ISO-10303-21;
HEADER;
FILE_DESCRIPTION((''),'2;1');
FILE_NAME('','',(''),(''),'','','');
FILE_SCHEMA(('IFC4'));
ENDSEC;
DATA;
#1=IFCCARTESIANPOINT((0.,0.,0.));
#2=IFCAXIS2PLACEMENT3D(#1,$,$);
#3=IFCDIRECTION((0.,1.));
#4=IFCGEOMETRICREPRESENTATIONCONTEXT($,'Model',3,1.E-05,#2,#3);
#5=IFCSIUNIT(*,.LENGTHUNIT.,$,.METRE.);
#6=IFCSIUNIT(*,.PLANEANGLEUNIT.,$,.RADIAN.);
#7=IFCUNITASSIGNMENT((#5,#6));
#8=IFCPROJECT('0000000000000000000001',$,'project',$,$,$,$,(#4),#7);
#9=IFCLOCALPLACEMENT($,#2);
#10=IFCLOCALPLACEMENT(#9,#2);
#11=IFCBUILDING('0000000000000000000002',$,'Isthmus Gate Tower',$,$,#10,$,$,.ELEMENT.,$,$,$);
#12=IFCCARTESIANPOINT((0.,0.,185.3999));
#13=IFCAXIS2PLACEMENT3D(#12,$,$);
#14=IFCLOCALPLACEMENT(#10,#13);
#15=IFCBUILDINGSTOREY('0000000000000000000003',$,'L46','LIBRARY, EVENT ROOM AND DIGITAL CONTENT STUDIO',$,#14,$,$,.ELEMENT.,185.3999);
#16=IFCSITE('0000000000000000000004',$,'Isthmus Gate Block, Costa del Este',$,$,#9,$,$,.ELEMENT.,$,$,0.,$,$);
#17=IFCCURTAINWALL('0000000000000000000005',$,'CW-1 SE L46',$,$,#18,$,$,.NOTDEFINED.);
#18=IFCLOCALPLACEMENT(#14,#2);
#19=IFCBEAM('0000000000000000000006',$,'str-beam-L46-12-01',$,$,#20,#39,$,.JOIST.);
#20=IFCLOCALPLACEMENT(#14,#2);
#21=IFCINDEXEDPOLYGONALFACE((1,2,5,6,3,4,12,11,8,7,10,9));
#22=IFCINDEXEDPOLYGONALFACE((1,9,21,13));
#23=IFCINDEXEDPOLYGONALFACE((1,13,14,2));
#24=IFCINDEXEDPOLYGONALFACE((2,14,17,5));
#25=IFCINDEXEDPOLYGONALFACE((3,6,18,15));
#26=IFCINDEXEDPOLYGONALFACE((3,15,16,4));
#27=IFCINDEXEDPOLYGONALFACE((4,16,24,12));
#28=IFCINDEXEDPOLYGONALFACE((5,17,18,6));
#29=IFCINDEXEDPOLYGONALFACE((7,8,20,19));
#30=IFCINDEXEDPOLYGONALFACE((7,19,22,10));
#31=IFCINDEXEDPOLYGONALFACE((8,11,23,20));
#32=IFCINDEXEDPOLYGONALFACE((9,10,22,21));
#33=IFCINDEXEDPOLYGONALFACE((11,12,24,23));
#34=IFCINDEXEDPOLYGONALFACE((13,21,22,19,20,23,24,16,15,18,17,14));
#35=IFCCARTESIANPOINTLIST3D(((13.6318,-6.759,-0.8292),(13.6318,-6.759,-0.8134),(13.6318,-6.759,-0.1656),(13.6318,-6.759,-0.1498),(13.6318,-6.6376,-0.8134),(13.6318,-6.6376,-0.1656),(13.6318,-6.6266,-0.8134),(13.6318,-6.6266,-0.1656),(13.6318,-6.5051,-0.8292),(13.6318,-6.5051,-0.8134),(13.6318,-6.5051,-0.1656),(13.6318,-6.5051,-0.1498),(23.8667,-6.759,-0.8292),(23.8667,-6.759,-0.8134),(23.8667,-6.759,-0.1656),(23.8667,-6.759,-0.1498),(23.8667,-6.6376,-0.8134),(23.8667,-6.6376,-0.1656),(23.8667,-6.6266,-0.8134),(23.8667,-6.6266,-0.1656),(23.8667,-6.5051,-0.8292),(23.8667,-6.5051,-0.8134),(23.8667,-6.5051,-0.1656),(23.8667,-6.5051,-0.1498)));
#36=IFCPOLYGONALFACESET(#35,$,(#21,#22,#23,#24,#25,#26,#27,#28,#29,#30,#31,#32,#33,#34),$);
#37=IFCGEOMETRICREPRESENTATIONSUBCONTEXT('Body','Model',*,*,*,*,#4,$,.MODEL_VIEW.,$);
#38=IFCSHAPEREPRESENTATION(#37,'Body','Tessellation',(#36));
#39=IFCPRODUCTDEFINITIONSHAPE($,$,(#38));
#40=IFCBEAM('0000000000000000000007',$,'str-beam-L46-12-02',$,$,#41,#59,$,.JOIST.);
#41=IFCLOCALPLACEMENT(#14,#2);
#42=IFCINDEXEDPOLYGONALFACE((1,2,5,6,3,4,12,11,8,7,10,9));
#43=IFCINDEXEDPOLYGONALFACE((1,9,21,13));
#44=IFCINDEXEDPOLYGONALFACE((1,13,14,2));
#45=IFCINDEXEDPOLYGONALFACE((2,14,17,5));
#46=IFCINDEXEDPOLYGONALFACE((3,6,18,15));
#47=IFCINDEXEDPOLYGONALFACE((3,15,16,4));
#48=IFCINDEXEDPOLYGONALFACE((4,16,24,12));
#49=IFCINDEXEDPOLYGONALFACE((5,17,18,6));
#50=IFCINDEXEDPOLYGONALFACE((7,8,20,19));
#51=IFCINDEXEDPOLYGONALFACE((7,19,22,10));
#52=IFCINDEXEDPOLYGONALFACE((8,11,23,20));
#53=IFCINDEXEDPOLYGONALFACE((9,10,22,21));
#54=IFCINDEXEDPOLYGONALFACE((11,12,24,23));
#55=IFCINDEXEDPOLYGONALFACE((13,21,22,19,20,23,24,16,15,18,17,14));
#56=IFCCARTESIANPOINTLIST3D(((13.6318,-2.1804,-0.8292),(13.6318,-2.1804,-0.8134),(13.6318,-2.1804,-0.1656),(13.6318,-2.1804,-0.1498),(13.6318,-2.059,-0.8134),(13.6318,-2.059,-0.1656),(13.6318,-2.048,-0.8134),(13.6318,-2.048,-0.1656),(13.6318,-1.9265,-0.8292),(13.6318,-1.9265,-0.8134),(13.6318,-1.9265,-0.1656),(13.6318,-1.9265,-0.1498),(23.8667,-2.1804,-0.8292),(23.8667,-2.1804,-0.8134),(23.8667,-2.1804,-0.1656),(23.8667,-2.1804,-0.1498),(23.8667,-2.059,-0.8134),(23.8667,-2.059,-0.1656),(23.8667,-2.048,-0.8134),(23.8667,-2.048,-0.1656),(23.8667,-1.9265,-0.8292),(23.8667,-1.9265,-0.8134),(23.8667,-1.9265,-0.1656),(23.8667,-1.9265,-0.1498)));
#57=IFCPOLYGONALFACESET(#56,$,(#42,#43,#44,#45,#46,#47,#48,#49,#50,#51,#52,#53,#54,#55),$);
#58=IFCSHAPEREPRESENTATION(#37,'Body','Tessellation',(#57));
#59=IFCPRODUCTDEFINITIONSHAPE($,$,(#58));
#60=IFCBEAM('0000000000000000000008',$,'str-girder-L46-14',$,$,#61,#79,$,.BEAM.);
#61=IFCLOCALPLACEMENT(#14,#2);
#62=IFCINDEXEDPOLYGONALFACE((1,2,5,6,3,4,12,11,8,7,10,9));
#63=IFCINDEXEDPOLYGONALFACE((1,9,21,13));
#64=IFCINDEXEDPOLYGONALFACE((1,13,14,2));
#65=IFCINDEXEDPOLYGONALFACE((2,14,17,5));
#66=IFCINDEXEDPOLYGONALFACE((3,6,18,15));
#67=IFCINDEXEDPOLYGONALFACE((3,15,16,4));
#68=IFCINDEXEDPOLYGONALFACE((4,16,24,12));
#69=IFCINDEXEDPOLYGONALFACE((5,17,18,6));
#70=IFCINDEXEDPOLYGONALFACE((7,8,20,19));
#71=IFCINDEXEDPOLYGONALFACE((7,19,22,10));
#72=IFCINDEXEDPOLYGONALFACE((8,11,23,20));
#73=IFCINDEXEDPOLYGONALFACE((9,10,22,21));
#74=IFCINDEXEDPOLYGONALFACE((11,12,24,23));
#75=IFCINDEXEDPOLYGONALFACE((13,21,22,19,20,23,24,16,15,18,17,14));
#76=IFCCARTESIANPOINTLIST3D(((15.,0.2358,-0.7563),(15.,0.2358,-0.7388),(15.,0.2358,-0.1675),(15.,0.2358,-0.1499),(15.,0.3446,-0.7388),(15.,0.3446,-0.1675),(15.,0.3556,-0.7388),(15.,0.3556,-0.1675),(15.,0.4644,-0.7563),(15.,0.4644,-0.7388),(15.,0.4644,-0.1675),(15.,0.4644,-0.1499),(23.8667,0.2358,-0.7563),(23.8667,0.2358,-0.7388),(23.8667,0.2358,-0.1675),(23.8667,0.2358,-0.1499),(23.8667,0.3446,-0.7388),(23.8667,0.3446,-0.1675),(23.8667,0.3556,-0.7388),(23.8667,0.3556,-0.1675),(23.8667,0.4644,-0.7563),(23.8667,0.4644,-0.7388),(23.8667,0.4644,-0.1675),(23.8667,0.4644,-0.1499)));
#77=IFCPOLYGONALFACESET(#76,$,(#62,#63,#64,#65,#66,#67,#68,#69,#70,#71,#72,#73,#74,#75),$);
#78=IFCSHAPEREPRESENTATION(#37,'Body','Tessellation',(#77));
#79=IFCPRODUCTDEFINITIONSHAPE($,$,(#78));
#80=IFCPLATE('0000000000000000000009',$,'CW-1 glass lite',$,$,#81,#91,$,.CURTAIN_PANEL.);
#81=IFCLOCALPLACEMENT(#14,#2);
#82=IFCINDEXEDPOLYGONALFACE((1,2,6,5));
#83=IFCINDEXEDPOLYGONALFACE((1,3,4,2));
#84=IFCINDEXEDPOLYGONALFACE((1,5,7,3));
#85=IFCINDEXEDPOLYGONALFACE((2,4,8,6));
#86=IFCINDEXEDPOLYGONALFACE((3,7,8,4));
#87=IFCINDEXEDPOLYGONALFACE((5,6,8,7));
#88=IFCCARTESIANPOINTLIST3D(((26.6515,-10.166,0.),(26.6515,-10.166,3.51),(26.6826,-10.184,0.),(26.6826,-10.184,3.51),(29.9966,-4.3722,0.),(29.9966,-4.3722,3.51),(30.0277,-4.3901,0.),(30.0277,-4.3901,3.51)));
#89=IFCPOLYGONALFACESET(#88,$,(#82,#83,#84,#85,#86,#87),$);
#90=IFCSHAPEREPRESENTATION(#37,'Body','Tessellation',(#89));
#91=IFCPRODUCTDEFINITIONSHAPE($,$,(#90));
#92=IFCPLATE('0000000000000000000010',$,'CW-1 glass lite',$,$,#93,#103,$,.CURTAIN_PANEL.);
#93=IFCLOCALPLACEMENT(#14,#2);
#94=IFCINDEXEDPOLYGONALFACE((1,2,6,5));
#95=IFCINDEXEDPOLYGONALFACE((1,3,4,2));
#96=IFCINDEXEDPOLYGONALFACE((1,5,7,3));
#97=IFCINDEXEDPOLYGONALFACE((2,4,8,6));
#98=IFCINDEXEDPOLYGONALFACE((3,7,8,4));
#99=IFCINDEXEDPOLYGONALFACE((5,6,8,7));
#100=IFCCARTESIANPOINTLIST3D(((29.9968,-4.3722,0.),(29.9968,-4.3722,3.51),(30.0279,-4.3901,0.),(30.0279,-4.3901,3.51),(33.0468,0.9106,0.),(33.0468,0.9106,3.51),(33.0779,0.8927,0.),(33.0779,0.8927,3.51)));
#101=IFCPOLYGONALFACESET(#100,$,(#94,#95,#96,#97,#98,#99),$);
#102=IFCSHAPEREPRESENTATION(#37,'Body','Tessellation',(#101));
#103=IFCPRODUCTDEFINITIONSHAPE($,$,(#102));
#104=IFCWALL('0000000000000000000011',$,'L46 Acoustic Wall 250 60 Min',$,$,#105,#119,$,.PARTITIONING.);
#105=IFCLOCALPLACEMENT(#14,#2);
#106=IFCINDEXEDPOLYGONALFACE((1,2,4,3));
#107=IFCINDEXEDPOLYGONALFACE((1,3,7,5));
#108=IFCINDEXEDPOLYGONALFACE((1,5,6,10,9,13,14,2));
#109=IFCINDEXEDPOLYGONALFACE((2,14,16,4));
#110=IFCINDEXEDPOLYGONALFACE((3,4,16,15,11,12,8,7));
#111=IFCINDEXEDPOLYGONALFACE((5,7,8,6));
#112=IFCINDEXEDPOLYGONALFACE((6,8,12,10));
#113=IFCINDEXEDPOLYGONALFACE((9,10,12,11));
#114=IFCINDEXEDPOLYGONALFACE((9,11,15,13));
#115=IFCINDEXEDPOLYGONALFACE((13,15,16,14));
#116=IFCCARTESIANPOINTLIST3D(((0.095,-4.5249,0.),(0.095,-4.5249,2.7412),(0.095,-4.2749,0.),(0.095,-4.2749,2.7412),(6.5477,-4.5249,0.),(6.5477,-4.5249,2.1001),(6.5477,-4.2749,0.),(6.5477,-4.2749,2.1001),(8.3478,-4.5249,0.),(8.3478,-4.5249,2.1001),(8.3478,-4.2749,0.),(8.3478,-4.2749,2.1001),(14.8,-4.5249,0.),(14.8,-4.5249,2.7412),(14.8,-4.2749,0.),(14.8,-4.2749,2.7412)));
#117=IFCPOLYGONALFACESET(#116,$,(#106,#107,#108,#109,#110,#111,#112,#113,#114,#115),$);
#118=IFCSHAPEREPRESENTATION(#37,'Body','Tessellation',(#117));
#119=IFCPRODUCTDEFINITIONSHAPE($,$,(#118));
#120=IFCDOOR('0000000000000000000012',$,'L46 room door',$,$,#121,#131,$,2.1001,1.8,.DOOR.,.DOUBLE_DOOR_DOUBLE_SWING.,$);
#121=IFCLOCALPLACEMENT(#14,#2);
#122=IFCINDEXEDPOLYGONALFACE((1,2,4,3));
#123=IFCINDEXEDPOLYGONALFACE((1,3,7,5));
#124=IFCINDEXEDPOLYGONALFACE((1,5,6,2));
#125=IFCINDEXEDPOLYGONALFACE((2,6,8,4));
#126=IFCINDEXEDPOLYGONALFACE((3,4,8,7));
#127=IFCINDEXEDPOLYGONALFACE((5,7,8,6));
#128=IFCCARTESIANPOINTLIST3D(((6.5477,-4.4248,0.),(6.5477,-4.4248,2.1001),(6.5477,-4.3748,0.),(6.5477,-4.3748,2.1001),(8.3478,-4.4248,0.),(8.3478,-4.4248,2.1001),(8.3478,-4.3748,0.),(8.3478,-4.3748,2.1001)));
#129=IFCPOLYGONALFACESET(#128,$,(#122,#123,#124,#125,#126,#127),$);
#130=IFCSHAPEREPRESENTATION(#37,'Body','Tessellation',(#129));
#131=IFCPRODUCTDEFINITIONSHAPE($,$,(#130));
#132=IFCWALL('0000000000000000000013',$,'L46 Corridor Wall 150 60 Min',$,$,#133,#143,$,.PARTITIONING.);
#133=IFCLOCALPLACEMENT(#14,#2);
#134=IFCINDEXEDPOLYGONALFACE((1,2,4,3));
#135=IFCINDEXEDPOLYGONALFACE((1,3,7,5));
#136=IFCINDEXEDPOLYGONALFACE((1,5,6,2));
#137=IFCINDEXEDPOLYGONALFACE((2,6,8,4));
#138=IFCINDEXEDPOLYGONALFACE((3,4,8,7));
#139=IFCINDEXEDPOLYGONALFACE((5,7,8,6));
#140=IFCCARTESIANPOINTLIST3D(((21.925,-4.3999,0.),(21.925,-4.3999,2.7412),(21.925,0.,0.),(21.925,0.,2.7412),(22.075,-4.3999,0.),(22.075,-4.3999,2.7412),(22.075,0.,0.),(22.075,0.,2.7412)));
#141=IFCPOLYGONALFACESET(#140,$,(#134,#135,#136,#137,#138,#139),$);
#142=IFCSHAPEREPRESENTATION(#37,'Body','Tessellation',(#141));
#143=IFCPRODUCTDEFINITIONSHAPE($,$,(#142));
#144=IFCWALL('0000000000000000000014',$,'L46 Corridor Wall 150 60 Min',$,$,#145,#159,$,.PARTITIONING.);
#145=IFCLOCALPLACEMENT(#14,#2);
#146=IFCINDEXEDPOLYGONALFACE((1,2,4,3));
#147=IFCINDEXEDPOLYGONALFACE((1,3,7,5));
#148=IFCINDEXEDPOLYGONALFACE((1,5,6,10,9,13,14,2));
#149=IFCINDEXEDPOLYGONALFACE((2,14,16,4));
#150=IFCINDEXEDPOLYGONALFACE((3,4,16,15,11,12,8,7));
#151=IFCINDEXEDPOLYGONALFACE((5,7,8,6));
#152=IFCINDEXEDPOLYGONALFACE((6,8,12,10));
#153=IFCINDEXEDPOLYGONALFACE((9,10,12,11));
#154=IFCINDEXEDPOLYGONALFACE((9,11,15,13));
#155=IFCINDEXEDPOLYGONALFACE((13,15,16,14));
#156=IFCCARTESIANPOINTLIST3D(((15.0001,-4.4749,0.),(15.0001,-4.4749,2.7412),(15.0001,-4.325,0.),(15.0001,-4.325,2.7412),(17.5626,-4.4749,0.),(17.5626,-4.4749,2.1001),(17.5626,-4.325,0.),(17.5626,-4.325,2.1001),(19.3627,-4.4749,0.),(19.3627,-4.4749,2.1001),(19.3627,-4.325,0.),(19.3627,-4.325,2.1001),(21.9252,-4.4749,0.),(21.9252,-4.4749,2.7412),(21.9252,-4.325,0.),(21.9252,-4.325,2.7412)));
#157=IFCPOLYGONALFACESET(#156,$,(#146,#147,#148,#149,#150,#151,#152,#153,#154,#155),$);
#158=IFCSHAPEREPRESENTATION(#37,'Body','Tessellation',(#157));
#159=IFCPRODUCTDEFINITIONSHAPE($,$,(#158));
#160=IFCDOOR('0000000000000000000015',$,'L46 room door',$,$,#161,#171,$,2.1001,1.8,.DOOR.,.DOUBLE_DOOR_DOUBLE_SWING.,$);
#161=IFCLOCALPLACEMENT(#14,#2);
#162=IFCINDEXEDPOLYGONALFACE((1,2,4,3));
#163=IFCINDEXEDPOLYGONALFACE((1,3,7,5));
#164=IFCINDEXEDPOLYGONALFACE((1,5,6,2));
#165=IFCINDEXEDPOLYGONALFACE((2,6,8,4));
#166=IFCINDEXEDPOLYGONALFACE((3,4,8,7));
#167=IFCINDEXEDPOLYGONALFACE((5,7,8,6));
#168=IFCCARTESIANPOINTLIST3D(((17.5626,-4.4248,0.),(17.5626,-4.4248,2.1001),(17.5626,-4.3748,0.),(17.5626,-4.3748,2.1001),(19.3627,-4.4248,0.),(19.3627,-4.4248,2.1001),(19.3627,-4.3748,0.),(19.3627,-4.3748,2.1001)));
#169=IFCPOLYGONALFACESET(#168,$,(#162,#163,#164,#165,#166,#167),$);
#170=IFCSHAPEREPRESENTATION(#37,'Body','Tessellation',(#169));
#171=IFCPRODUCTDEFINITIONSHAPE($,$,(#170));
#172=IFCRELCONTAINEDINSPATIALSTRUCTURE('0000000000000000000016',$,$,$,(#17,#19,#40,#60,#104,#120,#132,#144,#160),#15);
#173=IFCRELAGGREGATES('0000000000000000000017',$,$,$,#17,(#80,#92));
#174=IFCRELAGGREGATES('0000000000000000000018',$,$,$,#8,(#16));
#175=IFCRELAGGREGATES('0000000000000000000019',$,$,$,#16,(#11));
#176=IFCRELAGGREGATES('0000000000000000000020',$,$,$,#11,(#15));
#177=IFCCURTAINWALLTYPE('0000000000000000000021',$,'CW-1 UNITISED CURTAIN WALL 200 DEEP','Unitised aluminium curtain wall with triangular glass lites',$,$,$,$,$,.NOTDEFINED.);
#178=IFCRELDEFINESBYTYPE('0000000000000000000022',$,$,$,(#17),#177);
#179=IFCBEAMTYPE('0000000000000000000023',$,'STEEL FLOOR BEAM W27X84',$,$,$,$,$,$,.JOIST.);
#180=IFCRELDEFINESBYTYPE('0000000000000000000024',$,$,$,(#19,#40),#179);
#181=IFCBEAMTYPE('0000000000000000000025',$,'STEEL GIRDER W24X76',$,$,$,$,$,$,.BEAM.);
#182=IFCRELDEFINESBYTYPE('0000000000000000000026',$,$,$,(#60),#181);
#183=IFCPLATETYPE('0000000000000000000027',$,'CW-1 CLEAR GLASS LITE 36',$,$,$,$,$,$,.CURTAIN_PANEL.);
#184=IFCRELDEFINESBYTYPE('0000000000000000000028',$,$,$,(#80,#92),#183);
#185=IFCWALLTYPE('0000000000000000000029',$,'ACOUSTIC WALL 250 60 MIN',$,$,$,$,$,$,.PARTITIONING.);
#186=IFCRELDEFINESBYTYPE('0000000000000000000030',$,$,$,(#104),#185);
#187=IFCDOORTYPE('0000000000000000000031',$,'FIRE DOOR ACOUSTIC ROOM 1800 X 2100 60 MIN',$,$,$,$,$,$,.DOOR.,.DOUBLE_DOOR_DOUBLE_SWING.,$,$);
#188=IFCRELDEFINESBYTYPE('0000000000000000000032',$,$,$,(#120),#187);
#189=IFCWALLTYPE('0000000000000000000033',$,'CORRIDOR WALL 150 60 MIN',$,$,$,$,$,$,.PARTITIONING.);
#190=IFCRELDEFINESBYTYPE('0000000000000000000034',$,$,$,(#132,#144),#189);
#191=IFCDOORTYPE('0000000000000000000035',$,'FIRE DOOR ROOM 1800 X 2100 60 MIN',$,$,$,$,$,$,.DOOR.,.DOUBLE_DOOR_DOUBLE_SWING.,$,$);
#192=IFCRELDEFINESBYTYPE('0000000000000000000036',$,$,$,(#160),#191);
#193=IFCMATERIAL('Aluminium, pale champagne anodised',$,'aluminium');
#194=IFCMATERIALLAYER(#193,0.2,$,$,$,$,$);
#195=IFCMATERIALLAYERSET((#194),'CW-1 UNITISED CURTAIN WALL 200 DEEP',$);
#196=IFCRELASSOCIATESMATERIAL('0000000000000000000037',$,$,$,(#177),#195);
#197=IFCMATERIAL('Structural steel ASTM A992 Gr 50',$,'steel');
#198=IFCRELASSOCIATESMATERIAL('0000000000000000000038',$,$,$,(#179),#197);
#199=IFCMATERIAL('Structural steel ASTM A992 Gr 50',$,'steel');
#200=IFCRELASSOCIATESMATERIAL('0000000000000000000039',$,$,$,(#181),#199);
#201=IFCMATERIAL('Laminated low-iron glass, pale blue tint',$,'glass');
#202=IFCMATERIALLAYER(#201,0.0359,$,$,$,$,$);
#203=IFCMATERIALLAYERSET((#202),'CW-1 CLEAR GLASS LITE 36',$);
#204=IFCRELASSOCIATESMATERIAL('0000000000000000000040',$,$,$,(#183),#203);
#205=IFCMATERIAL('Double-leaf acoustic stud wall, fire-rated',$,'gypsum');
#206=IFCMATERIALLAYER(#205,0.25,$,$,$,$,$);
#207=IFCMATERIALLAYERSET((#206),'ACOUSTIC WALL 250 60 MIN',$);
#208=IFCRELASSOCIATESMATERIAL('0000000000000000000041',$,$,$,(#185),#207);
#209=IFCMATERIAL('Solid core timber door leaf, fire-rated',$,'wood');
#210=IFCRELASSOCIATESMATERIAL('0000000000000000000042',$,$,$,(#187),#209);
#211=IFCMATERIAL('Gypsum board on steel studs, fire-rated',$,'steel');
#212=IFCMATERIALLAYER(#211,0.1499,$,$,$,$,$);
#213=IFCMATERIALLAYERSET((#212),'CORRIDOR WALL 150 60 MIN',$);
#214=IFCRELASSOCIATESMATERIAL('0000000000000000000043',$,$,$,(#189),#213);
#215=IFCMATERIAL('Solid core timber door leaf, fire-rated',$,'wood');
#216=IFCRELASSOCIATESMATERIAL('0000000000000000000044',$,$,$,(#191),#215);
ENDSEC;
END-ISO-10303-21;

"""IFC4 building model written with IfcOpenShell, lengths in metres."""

from ifc_helpers import new_model, si_unit, direction, frame, frame_2d, origin, origin_2d, place, context, subcontext, project, spatial, rectangle, i_section, extrude, material, layer, layer_set, material_profile, profile_set, type_object, element, fill, aggregate, save


model = new_model("IFC4")

# Units and contexts
model_context = context("Model", 3, precision=1e-05, world=origin(), true_north=direction((0.0, 1.0)))
body_context = subcontext(model_context, "Body", "Model", "MODEL_VIEW")
ifc_project = project(units=[si_unit("LENGTHUNIT", "METRE"), si_unit("PLANEANGLEUNIT", "RADIAN")], contexts=[model_context])

# Site, building, storey
site_placement = place(None, origin())
site = spatial("IfcSite", under=ifc_project, at=site_placement, Name="Isthmus Gate Block, Costa del Este", CompositionType="ELEMENT", RefElevation=0.0)
building_placement = place(site_placement, origin())
building = spatial("IfcBuilding", under=site, at=building_placement, Name="Isthmus Gate Tower", CompositionType="ELEMENT")
storey_placement = place(building_placement, frame((0.0, 0.0, 185.3999)))
storey = spatial("IfcBuildingStorey", under=building, at=storey_placement, Name="L46", Description="LIBRARY, EVENT ROOM AND DIGITAL CONTENT STUDIO", CompositionType="ELEMENT", Elevation=185.3999)

# Curtain wall
ifc_material_1 = material(Name="Aluminium, pale champagne anodised", Category="aluminium")
ifc_layer_1 = layer(ifc_material_1, 0.2)
ifc_layer_set_1 = layer_set([ifc_layer_1], Name="CW-1 UNITISED CURTAIN WALL 200 DEEP")
curtain_wall_type = type_object("IfcCurtainWallType", Name="CW-1 UNITISED CURTAIN WALL 200 DEEP", Description="Unitised aluminium curtain wall with triangular glass lites", PredefinedType="NOTDEFINED", material=ifc_layer_set_1)
curtain_wall_1_placement = place(storey_placement, origin())
curtain_wall_1 = element("IfcCurtainWall", 1, at=curtain_wall_1_placement, inside=storey, type_object=curtain_wall_type, Name="CW-1 SE L46", PredefinedType="NOTDEFINED")

# Beams
ifc_material_2 = material(Name="Structural steel ASTM A992 Gr 50", Category="steel")
ifc_material_profile_1 = material_profile(ifc_material_2, i_section(OverallWidth=0.2539, OverallDepth=0.6794, WebThickness=0.011, FlangeThickness=0.0159, at=origin_2d()), Name="W27X84")
ifc_profile_set_1 = profile_set([ifc_material_profile_1], Name="Structural steel ASTM A992 Gr 50")
beam_type_1 = type_object("IfcBeamType", Name="STEEL FLOOR BEAM W27X84", PredefinedType="JOIST", material=ifc_profile_set_1)
for number, where, z_axis, x_axis, name in (
    (2, (13.6318, -6.6321, -0.4895), (1.0, 0.0, 0.0), (0.0, 1.0, 0.0), "str-beam-L46-12-01"),
    (3, (13.6318, -2.0535, -0.4895), (1.0, 0.0, 0.0), (0.0, 1.0, 0.0), "str-beam-L46-12-02"),
):
    element("IfcBeam", number, at=place(storey_placement, frame(where, z_axis=z_axis, x_axis=x_axis)), inside=storey, type_object=beam_type_1, Name=name, PredefinedType="JOIST", context=body_context, shape_type="SweptSolid", body=[
        extrude(i_section(OverallWidth=0.2539, OverallDepth=0.6794, WebThickness=0.011, FlangeThickness=0.0159, at=origin_2d()), origin(), (0.0, 0.0, 1.0), 10.2349),
    ])
ifc_material_3 = material(Name="Structural steel ASTM A992 Gr 50", Category="steel")
ifc_material_profile_2 = material_profile(ifc_material_3, i_section(OverallWidth=0.2285, OverallDepth=0.6064, WebThickness=0.011, FlangeThickness=0.0176, at=origin_2d()), Name="W24X76")
ifc_profile_set_2 = profile_set([ifc_material_profile_2], Name="Structural steel ASTM A992 Gr 50")
beam_type_2 = type_object("IfcBeamType", Name="STEEL GIRDER W24X76", PredefinedType="BEAM", material=ifc_profile_set_2)
beam_1_placement = place(storey_placement, frame((15.0, 0.3501, -0.4531), z_axis=(1.0, 0.0, 0.0), x_axis=(0.0, 1.0, 0.0)))
element("IfcBeam", 4, at=beam_1_placement, inside=storey, type_object=beam_type_2, Name="str-girder-L46-14", PredefinedType="BEAM", context=body_context, shape_type="SweptSolid", body=[
    extrude(i_section(OverallWidth=0.2285, OverallDepth=0.6064, WebThickness=0.011, FlangeThickness=0.0176, at=origin_2d()), origin(), (0.0, 0.0, 1.0), 8.8667),
])

# Plates
ifc_material_4 = material(Name="Laminated low-iron glass, pale blue tint", Category="glass")
ifc_layer_2 = layer(ifc_material_4, 0.0359)
ifc_layer_set_2 = layer_set([ifc_layer_2], Name="CW-1 CLEAR GLASS LITE 36")
plate_type = type_object("IfcPlateType", Name="CW-1 CLEAR GLASS LITE 36", PredefinedType="CURTAIN_PANEL", material=ifc_layer_set_2)
plate_1_placement = place(storey_placement, frame((28.3396, -7.2781, 0.0), z_axis=(0.0, 0.0, 1.0), x_axis=(0.5, 0.866025, 0.0)))
plate_1 = element("IfcPlate", 5, at=plate_1_placement, type_object=plate_type, Name="CW-1 glass lite", PredefinedType="CURTAIN_PANEL", context=body_context, shape_type="SweptSolid", body=[
    extrude(rectangle(XDim=6.6902, YDim=0.0359, at=origin_2d()), origin(), (0.0, 0.0, 1.0), 3.51),
])
plate_2_placement = place(storey_placement, frame((31.5374, -1.7397, 0.0), z_axis=(0.0, 0.0, 1.0), x_axis=(0.5, 0.866025, 0.0)))
plate_2 = element("IfcPlate", 6, at=plate_2_placement, type_object=plate_type, Name="CW-1 glass lite", PredefinedType="CURTAIN_PANEL", context=body_context, shape_type="SweptSolid", body=[
    extrude(rectangle(XDim=6.1001, YDim=0.0359, at=origin_2d()), origin(), (0.0, 0.0, 1.0), 3.51),
])
aggregate(curtain_wall_1, [plate_1, plate_2])

# Wall, opening, door
ifc_material_5 = material(Name="Double-leaf acoustic stud wall, fire-rated", Category="gypsum")
ifc_layer_3 = layer(ifc_material_5, 0.25)
ifc_layer_set_3 = layer_set([ifc_layer_3], Name="ACOUSTIC WALL 250 60 MIN")
wall_type_1 = type_object("IfcWallType", Name="ACOUSTIC WALL 250 60 MIN", PredefinedType="PARTITIONING", material=ifc_layer_set_3)
wall_1_placement = place(storey_placement, frame((14.8, -4.3999, 0.0), z_axis=(0.0, 0.0, 1.0), x_axis=(-1.0, 0.0, 0.0)))
wall_1 = element("IfcWall", 7, at=wall_1_placement, inside=storey, type_object=wall_type_1, Name="L46 Acoustic Wall 250 60 Min", PredefinedType="PARTITIONING", context=body_context, shape_type="SweptSolid", body=[
    extrude(rectangle(XDim=14.7051, YDim=0.25, at=frame_2d((7.3525, 0.0))), origin(), (0.0, 0.0, 1.0), 2.7412),
])
opening_1_placement = place(wall_1_placement, frame((6.4524, 0.0, 0.0)))
opening_1 = element("IfcOpeningElement", 8, at=opening_1_placement, cuts=wall_1, PredefinedType="OPENING", context=body_context, shape_type="SweptSolid", body=[
    extrude(rectangle(XDim=1.8, YDim=2.1001, at=frame_2d((0.8999, 1.05))), frame((0.0, 0.135, 0.0), z_axis=(0.0, -1.0, 0.0), x_axis=(1.0, 0.0, 0.0)), (0.0, 0.0, 1.0), 0.27),
])
ifc_material_6 = material(Name="Solid core timber door leaf, fire-rated", Category="wood")
door_type_1 = type_object("IfcDoorType", Name="FIRE DOOR ACOUSTIC ROOM 1800 X 2100 60 MIN", OperationType="DOUBLE_DOOR_DOUBLE_SWING", PredefinedType="DOOR", material=ifc_material_6)
door_1_placement = place(opening_1_placement, origin())
door_1 = element("IfcDoor", 9, at=door_1_placement, inside=storey, type_object=door_type_1, Name="L46 room door", OperationType="DOUBLE_DOOR_DOUBLE_SWING", OverallHeight=2.1001, OverallWidth=1.8, PredefinedType="DOOR", context=body_context, shape_type="SweptSolid", body=[
    extrude(rectangle(XDim=1.8, YDim=2.1001, at=frame_2d((0.8999, 1.05))), frame((0.0, 0.0249, 0.0), z_axis=(0.0, -1.0, 0.0), x_axis=(1.0, 0.0, 0.0)), (0.0, 0.0, 1.0), 0.05),
])
fill(opening_1, door_1)

# Wall
ifc_material_7 = material(Name="Gypsum board on steel studs, fire-rated", Category="steel")
ifc_layer_4 = layer(ifc_material_7, 0.1499)
ifc_layer_set_4 = layer_set([ifc_layer_4], Name="CORRIDOR WALL 150 60 MIN")
wall_type_2 = type_object("IfcWallType", Name="CORRIDOR WALL 150 60 MIN", PredefinedType="PARTITIONING", material=ifc_layer_set_4)
wall_2_placement = place(storey_placement, frame((22.0, 0.0, 0.0), z_axis=(0.0, 0.0, 1.0), x_axis=(0.0, -1.0, 0.0)))
element("IfcWall", 10, at=wall_2_placement, inside=storey, type_object=wall_type_2, Name="L46 Corridor Wall 150 60 Min", PredefinedType="PARTITIONING", context=body_context, shape_type="SweptSolid", body=[
    extrude(rectangle(XDim=4.3999, YDim=0.1499, at=frame_2d((2.2, 0.0))), origin(), (0.0, 0.0, 1.0), 2.7412),
])

# Wall, opening, door
wall_3_placement = place(storey_placement, frame((21.925, -4.3999, 0.0), z_axis=(0.0, 0.0, 1.0), x_axis=(-1.0, 0.0, 0.0)))
wall_3 = element("IfcWall", 11, at=wall_3_placement, inside=storey, type_object=wall_type_2, Name="L46 Corridor Wall 150 60 Min", PredefinedType="PARTITIONING", context=body_context, shape_type="SweptSolid", body=[
    extrude(rectangle(XDim=6.925, YDim=0.1499, at=frame_2d((3.4624, 0.0))), origin(), (0.0, 0.0, 1.0), 2.7412),
])
opening_2_placement = place(wall_3_placement, frame((2.5625, 0.0, 0.0)))
opening_2 = element("IfcOpeningElement", 12, at=opening_2_placement, cuts=wall_3, PredefinedType="OPENING", context=body_context, shape_type="SweptSolid", body=[
    extrude(rectangle(XDim=1.8, YDim=2.1001, at=frame_2d((0.8999, 1.05))), frame((0.0, 0.085, 0.0), z_axis=(0.0, -1.0, 0.0), x_axis=(1.0, 0.0, 0.0)), (0.0, 0.0, 1.0), 0.1699),
])
ifc_material_8 = material(Name="Solid core timber door leaf, fire-rated", Category="wood")
door_type_2 = type_object("IfcDoorType", Name="FIRE DOOR ROOM 1800 X 2100 60 MIN", OperationType="DOUBLE_DOOR_DOUBLE_SWING", PredefinedType="DOOR", material=ifc_material_8)
door_2_placement = place(opening_2_placement, origin())
door_2 = element("IfcDoor", 13, at=door_2_placement, inside=storey, type_object=door_type_2, Name="L46 room door", OperationType="DOUBLE_DOOR_DOUBLE_SWING", OverallHeight=2.1001, OverallWidth=1.8, PredefinedType="DOOR", context=body_context, shape_type="SweptSolid", body=[
    extrude(rectangle(XDim=1.8, YDim=2.1001, at=frame_2d((0.8999, 1.05))), frame((0.0, 0.0249, 0.0), z_axis=(0.0, -1.0, 0.0), x_axis=(1.0, 0.0, 0.0)), (0.0, 0.0, 1.0), 0.05),
])
fill(opening_2, door_2)

save(model, "model.ifc")
